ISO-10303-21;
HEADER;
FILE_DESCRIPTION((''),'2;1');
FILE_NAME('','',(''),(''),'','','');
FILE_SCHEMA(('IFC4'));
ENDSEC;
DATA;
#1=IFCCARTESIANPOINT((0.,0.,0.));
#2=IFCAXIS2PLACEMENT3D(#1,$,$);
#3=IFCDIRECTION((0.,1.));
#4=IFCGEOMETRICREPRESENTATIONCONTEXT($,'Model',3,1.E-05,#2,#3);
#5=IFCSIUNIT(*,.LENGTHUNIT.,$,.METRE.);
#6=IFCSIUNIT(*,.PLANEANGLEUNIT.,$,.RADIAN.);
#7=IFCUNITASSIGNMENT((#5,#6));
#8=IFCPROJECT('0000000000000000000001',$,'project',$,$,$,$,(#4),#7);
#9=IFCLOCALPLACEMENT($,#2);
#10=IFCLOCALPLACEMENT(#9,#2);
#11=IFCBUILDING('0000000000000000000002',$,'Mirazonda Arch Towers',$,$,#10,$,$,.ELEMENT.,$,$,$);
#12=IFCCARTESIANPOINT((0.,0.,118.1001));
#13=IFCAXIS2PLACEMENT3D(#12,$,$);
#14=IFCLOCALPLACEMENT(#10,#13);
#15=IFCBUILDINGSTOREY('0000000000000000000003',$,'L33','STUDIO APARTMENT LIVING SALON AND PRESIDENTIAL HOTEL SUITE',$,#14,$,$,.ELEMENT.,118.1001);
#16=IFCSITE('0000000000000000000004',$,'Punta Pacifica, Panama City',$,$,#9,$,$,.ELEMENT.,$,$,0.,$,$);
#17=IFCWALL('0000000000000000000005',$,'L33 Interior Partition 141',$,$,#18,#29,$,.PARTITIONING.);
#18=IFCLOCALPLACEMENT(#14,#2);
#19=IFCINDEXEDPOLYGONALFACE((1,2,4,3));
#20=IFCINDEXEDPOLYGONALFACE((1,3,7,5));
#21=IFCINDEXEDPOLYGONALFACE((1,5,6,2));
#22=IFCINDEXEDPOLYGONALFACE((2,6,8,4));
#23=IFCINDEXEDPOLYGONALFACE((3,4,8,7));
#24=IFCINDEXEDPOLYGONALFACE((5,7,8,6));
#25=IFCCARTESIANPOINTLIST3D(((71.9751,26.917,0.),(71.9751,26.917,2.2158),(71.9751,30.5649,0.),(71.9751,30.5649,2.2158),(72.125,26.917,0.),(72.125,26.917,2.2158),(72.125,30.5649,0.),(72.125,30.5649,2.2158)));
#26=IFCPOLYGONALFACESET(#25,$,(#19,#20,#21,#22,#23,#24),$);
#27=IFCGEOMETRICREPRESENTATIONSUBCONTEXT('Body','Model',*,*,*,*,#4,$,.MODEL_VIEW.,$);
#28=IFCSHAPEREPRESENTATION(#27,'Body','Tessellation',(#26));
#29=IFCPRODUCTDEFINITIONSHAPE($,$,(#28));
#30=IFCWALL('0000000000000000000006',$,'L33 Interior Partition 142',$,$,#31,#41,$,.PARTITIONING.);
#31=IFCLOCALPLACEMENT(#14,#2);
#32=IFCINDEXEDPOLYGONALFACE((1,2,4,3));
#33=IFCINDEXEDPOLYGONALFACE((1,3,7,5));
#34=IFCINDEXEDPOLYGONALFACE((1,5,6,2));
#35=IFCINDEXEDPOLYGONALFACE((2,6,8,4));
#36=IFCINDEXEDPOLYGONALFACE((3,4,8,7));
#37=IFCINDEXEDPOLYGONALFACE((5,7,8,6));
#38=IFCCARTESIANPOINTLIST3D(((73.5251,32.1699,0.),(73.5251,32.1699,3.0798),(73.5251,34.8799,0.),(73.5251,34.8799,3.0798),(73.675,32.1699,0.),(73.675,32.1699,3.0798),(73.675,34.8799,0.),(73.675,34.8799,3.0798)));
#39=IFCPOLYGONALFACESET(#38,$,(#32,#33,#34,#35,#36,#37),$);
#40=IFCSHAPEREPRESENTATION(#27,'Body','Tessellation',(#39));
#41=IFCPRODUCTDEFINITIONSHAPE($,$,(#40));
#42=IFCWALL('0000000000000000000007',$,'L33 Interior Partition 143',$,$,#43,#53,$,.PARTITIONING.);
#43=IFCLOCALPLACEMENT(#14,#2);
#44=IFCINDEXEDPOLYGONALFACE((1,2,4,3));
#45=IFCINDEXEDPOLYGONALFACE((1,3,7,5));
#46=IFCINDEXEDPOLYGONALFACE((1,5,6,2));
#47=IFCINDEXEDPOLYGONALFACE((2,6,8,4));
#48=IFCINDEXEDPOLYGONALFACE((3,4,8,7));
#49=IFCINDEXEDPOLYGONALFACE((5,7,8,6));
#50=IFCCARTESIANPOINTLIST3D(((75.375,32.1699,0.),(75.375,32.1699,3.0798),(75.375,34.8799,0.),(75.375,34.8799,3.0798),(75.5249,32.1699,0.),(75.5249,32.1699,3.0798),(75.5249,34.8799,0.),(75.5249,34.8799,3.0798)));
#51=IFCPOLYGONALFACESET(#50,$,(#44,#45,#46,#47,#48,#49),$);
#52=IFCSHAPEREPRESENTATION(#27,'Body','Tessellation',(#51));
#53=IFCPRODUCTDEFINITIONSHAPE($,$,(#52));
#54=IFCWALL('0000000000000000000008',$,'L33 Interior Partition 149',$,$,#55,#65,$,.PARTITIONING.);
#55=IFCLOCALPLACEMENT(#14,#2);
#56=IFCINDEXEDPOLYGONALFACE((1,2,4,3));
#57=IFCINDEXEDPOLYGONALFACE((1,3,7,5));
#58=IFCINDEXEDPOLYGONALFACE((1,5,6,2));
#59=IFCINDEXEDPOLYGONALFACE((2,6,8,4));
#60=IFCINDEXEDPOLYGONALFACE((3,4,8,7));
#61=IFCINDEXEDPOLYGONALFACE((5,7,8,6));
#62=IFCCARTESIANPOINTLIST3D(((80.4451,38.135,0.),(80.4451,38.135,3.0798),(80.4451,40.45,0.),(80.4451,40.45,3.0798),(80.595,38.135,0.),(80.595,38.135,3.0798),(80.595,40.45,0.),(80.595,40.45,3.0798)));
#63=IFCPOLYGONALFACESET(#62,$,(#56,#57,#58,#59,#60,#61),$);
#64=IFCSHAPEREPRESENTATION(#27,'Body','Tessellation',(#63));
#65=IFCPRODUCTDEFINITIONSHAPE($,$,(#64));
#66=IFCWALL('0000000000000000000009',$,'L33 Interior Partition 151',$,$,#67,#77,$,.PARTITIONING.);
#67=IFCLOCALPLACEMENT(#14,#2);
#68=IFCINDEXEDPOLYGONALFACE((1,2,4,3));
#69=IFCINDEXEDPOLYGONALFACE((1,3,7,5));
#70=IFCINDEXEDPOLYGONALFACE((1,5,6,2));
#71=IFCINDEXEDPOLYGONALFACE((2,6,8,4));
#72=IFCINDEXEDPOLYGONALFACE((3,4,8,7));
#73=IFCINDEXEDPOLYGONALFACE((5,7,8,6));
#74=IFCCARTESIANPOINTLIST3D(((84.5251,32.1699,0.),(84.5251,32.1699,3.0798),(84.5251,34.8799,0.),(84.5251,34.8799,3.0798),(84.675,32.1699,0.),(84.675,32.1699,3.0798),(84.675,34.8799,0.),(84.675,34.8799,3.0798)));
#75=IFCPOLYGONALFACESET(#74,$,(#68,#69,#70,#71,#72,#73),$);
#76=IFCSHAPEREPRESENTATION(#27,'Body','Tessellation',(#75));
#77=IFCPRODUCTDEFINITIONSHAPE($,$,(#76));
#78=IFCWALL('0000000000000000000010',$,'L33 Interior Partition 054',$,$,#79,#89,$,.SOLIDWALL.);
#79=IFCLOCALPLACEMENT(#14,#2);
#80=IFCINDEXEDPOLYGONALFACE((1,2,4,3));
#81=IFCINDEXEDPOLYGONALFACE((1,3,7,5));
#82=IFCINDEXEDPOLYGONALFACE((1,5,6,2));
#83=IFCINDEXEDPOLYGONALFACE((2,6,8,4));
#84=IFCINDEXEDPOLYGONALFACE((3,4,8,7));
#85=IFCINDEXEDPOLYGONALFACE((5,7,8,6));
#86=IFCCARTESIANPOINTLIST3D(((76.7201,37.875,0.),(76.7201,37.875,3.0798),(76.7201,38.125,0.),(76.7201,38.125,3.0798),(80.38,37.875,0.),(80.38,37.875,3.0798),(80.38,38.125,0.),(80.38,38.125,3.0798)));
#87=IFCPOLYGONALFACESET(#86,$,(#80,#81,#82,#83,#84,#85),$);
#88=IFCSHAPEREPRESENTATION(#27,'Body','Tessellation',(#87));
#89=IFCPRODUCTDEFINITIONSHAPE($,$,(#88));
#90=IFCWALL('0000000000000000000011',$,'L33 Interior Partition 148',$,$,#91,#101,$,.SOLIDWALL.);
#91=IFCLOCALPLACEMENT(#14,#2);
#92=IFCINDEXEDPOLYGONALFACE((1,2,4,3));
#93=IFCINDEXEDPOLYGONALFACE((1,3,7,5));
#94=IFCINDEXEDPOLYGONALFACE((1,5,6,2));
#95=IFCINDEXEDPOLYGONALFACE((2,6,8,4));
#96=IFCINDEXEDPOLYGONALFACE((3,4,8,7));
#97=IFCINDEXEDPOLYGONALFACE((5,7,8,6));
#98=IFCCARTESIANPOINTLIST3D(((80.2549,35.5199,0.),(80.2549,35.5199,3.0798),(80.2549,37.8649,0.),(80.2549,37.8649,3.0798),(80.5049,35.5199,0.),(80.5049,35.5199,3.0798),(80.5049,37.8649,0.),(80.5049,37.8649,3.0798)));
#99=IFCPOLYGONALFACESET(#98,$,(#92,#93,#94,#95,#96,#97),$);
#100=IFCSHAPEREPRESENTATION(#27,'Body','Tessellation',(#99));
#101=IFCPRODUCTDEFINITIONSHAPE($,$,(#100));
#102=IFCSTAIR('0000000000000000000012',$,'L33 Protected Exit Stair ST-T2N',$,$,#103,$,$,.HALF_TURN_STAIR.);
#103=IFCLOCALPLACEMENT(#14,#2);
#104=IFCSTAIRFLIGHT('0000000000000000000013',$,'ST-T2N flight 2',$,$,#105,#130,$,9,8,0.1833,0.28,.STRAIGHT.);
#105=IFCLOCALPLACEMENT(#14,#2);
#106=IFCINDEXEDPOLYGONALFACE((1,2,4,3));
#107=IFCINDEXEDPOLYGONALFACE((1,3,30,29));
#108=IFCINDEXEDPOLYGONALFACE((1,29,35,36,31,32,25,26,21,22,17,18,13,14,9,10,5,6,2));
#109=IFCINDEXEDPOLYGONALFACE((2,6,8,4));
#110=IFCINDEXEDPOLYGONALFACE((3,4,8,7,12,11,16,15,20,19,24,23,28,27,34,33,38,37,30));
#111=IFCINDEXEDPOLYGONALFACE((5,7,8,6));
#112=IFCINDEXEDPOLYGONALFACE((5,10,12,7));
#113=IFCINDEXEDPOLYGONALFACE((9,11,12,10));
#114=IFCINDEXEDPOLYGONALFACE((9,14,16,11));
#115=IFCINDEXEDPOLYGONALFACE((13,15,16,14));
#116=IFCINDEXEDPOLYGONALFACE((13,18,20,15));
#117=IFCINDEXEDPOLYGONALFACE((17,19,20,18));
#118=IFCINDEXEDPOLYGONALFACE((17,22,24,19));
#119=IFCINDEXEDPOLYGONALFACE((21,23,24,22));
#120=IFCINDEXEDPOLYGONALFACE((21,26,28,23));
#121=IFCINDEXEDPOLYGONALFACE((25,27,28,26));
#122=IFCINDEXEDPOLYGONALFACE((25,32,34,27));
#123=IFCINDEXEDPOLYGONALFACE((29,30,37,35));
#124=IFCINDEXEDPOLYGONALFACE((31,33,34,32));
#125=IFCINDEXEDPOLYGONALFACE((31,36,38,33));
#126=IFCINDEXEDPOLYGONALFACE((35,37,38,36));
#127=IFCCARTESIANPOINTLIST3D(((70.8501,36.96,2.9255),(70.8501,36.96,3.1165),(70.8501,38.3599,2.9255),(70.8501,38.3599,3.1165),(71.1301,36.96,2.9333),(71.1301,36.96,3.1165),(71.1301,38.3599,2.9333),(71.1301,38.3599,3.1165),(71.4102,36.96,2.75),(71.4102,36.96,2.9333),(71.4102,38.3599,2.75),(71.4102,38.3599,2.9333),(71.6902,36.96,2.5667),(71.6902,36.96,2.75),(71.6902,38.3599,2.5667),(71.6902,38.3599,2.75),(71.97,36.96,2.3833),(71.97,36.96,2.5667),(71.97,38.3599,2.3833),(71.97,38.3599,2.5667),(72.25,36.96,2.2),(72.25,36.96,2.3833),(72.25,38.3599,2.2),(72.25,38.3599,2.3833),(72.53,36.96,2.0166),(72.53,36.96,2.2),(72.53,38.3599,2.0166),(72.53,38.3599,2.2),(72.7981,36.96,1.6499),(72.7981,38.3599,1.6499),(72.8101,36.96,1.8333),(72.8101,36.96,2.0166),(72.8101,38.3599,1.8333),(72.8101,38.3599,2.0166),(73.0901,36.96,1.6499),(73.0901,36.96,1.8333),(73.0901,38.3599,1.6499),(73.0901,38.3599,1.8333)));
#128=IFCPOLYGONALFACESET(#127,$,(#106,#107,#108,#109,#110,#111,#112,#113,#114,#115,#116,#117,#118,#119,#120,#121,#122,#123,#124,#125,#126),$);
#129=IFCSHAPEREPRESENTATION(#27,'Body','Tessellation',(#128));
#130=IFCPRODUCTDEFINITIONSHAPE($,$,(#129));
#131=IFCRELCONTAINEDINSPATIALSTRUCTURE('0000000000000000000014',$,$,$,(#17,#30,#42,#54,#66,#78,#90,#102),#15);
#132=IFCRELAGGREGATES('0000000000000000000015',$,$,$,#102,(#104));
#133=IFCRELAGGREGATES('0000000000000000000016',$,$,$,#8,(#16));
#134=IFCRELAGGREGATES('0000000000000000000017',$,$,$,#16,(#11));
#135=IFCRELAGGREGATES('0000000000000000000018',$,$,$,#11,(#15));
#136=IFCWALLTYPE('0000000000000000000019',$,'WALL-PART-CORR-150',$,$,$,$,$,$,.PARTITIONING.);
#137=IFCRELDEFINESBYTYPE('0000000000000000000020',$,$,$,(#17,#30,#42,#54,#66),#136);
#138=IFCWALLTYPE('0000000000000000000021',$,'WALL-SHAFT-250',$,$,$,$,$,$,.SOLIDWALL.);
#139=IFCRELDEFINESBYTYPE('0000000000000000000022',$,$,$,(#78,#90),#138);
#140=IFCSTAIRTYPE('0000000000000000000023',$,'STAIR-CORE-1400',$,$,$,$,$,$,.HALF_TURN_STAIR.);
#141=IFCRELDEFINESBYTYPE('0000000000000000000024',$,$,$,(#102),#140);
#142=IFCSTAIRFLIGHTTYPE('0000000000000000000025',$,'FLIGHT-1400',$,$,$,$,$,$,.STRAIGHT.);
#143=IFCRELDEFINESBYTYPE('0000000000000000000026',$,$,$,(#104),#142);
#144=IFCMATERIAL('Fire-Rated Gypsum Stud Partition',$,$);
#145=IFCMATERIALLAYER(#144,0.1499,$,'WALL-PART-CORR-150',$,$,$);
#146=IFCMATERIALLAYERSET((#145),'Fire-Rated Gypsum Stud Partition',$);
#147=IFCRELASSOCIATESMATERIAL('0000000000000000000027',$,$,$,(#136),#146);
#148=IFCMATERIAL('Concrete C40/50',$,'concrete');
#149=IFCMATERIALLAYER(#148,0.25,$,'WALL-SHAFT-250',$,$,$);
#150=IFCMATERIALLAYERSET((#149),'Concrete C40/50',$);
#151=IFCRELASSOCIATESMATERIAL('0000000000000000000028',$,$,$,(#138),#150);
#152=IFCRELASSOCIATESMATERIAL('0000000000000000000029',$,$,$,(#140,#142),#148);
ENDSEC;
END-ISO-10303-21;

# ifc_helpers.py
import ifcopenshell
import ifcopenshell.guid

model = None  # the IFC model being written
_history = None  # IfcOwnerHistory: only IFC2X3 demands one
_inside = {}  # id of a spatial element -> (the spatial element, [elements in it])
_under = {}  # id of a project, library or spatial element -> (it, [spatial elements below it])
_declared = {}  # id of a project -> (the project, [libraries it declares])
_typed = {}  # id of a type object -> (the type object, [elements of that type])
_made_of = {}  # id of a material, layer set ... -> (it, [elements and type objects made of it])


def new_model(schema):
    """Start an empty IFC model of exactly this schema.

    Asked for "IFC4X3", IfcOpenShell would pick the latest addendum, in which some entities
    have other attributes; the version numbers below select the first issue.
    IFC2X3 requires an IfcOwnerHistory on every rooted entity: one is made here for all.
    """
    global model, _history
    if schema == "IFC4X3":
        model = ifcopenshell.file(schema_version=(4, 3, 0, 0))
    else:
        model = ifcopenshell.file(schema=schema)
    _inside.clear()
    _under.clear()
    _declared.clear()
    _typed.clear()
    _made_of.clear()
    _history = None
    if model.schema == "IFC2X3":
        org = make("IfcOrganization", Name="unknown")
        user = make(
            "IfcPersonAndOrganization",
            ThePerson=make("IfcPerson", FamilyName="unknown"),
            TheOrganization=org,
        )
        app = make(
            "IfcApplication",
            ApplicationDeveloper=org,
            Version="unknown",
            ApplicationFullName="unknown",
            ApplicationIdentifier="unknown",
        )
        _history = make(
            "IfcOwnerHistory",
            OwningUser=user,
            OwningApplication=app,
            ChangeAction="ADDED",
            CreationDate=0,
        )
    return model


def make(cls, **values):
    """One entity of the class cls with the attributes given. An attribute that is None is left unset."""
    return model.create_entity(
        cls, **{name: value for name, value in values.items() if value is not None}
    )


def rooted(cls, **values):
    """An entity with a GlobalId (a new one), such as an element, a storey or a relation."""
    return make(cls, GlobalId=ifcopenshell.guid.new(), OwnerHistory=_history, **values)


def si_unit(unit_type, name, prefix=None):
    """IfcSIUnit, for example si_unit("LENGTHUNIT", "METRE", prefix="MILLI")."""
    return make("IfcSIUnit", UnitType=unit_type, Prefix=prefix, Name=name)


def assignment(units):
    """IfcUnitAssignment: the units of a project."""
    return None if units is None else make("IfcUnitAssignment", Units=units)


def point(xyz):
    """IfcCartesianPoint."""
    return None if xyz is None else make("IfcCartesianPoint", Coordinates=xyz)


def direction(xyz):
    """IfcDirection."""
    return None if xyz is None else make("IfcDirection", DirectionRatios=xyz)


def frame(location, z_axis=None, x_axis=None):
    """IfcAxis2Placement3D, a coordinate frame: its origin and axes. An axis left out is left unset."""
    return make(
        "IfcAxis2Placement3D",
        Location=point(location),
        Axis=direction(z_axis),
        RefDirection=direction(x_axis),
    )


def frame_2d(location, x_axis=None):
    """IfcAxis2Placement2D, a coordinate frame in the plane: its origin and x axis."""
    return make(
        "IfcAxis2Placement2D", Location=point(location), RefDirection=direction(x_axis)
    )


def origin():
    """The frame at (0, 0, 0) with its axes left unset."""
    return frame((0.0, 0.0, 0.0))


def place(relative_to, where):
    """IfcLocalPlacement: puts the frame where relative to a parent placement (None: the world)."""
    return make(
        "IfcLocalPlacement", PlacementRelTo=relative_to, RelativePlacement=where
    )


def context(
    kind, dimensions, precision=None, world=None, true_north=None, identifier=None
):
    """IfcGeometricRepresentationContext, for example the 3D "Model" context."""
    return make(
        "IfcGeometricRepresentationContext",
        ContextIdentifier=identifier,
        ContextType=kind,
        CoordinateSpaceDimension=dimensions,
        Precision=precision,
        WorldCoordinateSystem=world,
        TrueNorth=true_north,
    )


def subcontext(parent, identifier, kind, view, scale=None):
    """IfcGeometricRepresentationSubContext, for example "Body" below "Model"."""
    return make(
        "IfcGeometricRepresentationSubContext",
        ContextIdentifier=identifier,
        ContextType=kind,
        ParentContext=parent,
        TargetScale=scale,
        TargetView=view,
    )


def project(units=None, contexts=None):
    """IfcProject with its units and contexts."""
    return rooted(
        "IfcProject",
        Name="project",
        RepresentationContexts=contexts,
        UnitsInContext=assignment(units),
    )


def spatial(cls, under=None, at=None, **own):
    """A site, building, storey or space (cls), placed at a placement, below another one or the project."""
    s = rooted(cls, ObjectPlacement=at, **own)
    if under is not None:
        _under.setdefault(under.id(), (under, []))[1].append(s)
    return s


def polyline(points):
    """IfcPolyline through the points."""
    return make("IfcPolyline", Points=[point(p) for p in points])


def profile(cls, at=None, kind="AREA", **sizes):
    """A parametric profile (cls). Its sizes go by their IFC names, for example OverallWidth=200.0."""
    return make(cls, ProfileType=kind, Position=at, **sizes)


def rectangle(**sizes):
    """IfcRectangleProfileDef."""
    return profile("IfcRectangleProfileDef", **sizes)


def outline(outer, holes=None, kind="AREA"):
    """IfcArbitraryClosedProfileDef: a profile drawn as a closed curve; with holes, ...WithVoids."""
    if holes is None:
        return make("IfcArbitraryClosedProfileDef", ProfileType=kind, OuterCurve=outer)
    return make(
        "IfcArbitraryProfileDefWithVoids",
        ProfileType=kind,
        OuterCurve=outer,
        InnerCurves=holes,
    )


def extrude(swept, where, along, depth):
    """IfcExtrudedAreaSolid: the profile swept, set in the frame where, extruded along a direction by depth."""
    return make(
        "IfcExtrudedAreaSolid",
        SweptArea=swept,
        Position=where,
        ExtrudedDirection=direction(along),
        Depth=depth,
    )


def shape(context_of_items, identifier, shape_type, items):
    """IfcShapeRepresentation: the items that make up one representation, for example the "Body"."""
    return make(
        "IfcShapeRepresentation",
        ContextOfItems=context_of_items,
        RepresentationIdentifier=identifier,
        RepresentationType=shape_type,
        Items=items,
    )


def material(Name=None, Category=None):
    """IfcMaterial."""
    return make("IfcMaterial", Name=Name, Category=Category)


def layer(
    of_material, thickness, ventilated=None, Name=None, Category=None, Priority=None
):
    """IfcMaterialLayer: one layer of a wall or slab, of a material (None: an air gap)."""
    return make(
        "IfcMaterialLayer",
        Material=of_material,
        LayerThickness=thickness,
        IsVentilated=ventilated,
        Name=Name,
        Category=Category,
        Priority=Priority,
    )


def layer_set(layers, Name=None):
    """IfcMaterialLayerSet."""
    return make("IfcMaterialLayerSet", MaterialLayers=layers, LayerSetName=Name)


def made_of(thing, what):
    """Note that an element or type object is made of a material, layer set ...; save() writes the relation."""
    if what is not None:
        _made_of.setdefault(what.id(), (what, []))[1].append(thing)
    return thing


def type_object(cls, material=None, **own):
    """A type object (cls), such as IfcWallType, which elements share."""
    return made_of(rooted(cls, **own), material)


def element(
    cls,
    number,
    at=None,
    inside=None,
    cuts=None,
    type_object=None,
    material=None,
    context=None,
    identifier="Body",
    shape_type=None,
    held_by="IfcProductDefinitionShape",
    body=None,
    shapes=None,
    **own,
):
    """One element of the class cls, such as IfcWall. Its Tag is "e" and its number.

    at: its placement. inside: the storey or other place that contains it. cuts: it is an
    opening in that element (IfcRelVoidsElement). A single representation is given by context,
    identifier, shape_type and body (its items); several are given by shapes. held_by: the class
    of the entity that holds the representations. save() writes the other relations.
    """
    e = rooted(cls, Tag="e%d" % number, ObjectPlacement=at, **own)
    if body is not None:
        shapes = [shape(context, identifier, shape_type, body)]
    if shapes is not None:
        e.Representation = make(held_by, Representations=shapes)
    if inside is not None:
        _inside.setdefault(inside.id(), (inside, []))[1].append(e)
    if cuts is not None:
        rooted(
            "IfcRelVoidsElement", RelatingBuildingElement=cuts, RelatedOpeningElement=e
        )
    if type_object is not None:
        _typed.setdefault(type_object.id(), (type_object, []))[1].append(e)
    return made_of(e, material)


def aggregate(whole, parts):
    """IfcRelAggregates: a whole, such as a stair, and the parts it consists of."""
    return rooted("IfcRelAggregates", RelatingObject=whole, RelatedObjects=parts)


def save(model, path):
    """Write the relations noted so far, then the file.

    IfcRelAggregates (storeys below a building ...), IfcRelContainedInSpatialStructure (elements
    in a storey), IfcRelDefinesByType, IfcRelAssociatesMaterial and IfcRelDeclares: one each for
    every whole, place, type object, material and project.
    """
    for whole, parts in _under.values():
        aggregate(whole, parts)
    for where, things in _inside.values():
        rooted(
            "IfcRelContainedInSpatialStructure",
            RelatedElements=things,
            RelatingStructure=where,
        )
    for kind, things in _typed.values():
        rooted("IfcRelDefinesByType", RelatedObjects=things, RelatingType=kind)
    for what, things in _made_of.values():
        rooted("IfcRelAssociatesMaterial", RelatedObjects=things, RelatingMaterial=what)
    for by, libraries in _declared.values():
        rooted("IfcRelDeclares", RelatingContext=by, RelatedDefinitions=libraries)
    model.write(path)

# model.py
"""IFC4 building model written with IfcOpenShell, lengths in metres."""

from ifc_helpers import new_model, si_unit, direction, frame, frame_2d, origin, place, context, subcontext, project, spatial, polyline, rectangle, outline, extrude, material, layer, layer_set, type_object, element, aggregate, save


model = new_model("IFC4")

# Units and contexts
model_context = context("Model", 3, precision=1e-05, world=origin(), true_north=direction((0.0, 1.0)))
body_context = subcontext(model_context, "Body", "Model", "MODEL_VIEW")
ifc_project = project(units=[si_unit("LENGTHUNIT", "METRE"), si_unit("PLANEANGLEUNIT", "RADIAN")], contexts=[model_context])

# Site, building, storey
site_placement = place(None, origin())
site = spatial("IfcSite", under=ifc_project, at=site_placement, Name="Punta Pacifica, Panama City", CompositionType="ELEMENT", RefElevation=0.0)
building_placement = place(site_placement, origin())
building = spatial("IfcBuilding", under=site, at=building_placement, Name="Mirazonda Arch Towers", CompositionType="ELEMENT")
storey_placement = place(building_placement, frame((0.0, 0.0, 118.1001)))
storey = spatial("IfcBuildingStorey", under=building, at=storey_placement, Name="L33", Description="STUDIO APARTMENT LIVING SALON AND PRESIDENTIAL HOTEL SUITE", CompositionType="ELEMENT", Elevation=118.1001)

# Shared definitions
ifc_material_1 = material(Name="Concrete C40/50", Category="concrete")

# Walls
ifc_material_2 = material(Name="Fire-Rated Gypsum Stud Partition")
ifc_layer_1 = layer(ifc_material_2, 0.1499, Name="WALL-PART-CORR-150")
ifc_layer_set_1 = layer_set([ifc_layer_1], Name="Fire-Rated Gypsum Stud Partition")
wall_type_1 = type_object("IfcWallType", Name="WALL-PART-CORR-150", PredefinedType="PARTITIONING", material=ifc_layer_set_1)
wall_1_placement = place(storey_placement, frame((72.05, 26.917, 0.0), z_axis=(0.0, 0.0, 1.0), x_axis=(0.0, 1.0, 0.0)))
element("IfcWall", 1, at=wall_1_placement, inside=storey, type_object=wall_type_1, Name="L33 Interior Partition 141", PredefinedType="PARTITIONING", context=body_context, shape_type="SweptSolid", body=[
    extrude(rectangle(XDim=3.6479, YDim=0.1499, at=frame_2d((1.824, 0.0))), origin(), (0.0, 0.0, 1.0), 2.2158),
])
for number, where, z_axis, x_axis, name in (
    (2, (73.6001, 32.1699, 0.0), (0.0, 0.0, 1.0), (0.0, 1.0, 0.0), "L33 Interior Partition 142"),
    (3, (75.45, 32.1699, 0.0), (0.0, 0.0, 1.0), (0.0, 1.0, 0.0), "L33 Interior Partition 143"),
):
    element("IfcWall", number, at=place(storey_placement, frame(where, z_axis=z_axis, x_axis=x_axis)), inside=storey, type_object=wall_type_1, Name=name, PredefinedType="PARTITIONING", context=body_context, shape_type="SweptSolid", body=[
        extrude(rectangle(XDim=2.71, YDim=0.1499, at=frame_2d((1.355, 0.0))), origin(), (0.0, 0.0, 1.0), 3.0798),
    ])
wall_2_placement = place(storey_placement, frame((80.52, 38.135, 0.0), z_axis=(0.0, 0.0, 1.0), x_axis=(0.0, 1.0, 0.0)))
element("IfcWall", 4, at=wall_2_placement, inside=storey, type_object=wall_type_1, Name="L33 Interior Partition 149", PredefinedType="PARTITIONING", context=body_context, shape_type="SweptSolid", body=[
    extrude(rectangle(XDim=2.3149, YDim=0.1499, at=frame_2d((1.1575, 0.0))), origin(), (0.0, 0.0, 1.0), 3.0798),
])
wall_3_placement = place(storey_placement, frame((84.6001, 32.1699, 0.0), z_axis=(0.0, 0.0, 1.0), x_axis=(0.0, 1.0, 0.0)))
element("IfcWall", 5, at=wall_3_placement, inside=storey, type_object=wall_type_1, Name="L33 Interior Partition 151", PredefinedType="PARTITIONING", context=body_context, shape_type="SweptSolid", body=[
    extrude(rectangle(XDim=2.71, YDim=0.1499, at=frame_2d((1.355, 0.0))), origin(), (0.0, 0.0, 1.0), 3.0798),
])
ifc_layer_2 = layer(ifc_material_1, 0.25, Name="WALL-SHAFT-250")
ifc_layer_set_2 = layer_set([ifc_layer_2], Name="Concrete C40/50")
wall_type_2 = type_object("IfcWallType", Name="WALL-SHAFT-250", PredefinedType="SOLIDWALL", material=ifc_layer_set_2)
wall_4_placement = place(storey_placement, frame((76.72, 38.0, 0.0), z_axis=(0.0, 0.0, 1.0), x_axis=(1.0, 0.0, 0.0)))
element("IfcWall", 6, at=wall_4_placement, inside=storey, type_object=wall_type_2, Name="L33 Interior Partition 054", PredefinedType="SOLIDWALL", context=body_context, shape_type="SweptSolid", body=[
    extrude(rectangle(XDim=3.6599, YDim=0.25, at=frame_2d((1.8301, 0.0))), origin(), (0.0, 0.0, 1.0), 3.0798),
])
wall_5_placement = place(storey_placement, frame((80.3799, 35.52, 0.0), z_axis=(0.0, 0.0, 1.0), x_axis=(0.0, 1.0, 0.0)))
element("IfcWall", 7, at=wall_5_placement, inside=storey, type_object=wall_type_2, Name="L33 Interior Partition 148", PredefinedType="SOLIDWALL", context=body_context, shape_type="SweptSolid", body=[
    extrude(rectangle(XDim=2.345, YDim=0.25, at=frame_2d((1.1724, 0.0))), origin(), (0.0, 0.0, 1.0), 3.0798),
])

# Stair, stair flight
stair_type = type_object("IfcStairType", Name="STAIR-CORE-1400", PredefinedType="HALF_TURN_STAIR", material=ifc_material_1)
stair_placement = place(storey_placement, origin())
stair = element("IfcStair", 8, at=stair_placement, inside=storey, type_object=stair_type, Name="L33 Protected Exit Stair ST-T2N", PredefinedType="HALF_TURN_STAIR")
stair_flight_type = type_object("IfcStairFlightType", Name="FLIGHT-1400", PredefinedType="STRAIGHT", material=ifc_material_1)
stair_flight_placement = place(storey_placement, frame((73.0901, 37.6599, 1.6499), z_axis=(0.0, 0.0, 1.0), x_axis=(-1.0, 0.0, 0.0)))
stair_flight = element("IfcStairFlight", 9, at=stair_flight_placement, type_object=stair_flight_type, Name="ST-T2N flight 2", NumberOfRisers=9, NumberOfTreads=8, PredefinedType="STRAIGHT", RiserHeight=0.1833, TreadLength=0.28, context=body_context, shape_type="SweptSolid", body=[
    extrude(outline(polyline([(0.0, 0.0), (0.0, 0.1833), (0.28, 0.1833), (0.28, 0.3667), (0.5601, 0.3667), (0.5601, 0.55), (0.8401, 0.55), (0.8401, 0.7334), (1.1201, 0.7334), (1.1201, 0.9167), (1.3999, 0.9167), (1.3999, 1.1001), (1.6799, 1.1001), (1.6799, 1.2834), (1.96, 1.2834), (1.96, 1.4666), (2.24, 1.4666), (2.24, 1.6499), (2.24, 1.2756), (0.292, 0.0), (0.0, 0.0)])), frame((0.0, 0.7, 0.0), z_axis=(0.0, -1.0, 0.0), x_axis=(1.0, 0.0, 0.0)), (0.0, 0.0, 1.0), 1.3999),
])
aggregate(stair, [stair_flight])

save(model, "model.ifc")
